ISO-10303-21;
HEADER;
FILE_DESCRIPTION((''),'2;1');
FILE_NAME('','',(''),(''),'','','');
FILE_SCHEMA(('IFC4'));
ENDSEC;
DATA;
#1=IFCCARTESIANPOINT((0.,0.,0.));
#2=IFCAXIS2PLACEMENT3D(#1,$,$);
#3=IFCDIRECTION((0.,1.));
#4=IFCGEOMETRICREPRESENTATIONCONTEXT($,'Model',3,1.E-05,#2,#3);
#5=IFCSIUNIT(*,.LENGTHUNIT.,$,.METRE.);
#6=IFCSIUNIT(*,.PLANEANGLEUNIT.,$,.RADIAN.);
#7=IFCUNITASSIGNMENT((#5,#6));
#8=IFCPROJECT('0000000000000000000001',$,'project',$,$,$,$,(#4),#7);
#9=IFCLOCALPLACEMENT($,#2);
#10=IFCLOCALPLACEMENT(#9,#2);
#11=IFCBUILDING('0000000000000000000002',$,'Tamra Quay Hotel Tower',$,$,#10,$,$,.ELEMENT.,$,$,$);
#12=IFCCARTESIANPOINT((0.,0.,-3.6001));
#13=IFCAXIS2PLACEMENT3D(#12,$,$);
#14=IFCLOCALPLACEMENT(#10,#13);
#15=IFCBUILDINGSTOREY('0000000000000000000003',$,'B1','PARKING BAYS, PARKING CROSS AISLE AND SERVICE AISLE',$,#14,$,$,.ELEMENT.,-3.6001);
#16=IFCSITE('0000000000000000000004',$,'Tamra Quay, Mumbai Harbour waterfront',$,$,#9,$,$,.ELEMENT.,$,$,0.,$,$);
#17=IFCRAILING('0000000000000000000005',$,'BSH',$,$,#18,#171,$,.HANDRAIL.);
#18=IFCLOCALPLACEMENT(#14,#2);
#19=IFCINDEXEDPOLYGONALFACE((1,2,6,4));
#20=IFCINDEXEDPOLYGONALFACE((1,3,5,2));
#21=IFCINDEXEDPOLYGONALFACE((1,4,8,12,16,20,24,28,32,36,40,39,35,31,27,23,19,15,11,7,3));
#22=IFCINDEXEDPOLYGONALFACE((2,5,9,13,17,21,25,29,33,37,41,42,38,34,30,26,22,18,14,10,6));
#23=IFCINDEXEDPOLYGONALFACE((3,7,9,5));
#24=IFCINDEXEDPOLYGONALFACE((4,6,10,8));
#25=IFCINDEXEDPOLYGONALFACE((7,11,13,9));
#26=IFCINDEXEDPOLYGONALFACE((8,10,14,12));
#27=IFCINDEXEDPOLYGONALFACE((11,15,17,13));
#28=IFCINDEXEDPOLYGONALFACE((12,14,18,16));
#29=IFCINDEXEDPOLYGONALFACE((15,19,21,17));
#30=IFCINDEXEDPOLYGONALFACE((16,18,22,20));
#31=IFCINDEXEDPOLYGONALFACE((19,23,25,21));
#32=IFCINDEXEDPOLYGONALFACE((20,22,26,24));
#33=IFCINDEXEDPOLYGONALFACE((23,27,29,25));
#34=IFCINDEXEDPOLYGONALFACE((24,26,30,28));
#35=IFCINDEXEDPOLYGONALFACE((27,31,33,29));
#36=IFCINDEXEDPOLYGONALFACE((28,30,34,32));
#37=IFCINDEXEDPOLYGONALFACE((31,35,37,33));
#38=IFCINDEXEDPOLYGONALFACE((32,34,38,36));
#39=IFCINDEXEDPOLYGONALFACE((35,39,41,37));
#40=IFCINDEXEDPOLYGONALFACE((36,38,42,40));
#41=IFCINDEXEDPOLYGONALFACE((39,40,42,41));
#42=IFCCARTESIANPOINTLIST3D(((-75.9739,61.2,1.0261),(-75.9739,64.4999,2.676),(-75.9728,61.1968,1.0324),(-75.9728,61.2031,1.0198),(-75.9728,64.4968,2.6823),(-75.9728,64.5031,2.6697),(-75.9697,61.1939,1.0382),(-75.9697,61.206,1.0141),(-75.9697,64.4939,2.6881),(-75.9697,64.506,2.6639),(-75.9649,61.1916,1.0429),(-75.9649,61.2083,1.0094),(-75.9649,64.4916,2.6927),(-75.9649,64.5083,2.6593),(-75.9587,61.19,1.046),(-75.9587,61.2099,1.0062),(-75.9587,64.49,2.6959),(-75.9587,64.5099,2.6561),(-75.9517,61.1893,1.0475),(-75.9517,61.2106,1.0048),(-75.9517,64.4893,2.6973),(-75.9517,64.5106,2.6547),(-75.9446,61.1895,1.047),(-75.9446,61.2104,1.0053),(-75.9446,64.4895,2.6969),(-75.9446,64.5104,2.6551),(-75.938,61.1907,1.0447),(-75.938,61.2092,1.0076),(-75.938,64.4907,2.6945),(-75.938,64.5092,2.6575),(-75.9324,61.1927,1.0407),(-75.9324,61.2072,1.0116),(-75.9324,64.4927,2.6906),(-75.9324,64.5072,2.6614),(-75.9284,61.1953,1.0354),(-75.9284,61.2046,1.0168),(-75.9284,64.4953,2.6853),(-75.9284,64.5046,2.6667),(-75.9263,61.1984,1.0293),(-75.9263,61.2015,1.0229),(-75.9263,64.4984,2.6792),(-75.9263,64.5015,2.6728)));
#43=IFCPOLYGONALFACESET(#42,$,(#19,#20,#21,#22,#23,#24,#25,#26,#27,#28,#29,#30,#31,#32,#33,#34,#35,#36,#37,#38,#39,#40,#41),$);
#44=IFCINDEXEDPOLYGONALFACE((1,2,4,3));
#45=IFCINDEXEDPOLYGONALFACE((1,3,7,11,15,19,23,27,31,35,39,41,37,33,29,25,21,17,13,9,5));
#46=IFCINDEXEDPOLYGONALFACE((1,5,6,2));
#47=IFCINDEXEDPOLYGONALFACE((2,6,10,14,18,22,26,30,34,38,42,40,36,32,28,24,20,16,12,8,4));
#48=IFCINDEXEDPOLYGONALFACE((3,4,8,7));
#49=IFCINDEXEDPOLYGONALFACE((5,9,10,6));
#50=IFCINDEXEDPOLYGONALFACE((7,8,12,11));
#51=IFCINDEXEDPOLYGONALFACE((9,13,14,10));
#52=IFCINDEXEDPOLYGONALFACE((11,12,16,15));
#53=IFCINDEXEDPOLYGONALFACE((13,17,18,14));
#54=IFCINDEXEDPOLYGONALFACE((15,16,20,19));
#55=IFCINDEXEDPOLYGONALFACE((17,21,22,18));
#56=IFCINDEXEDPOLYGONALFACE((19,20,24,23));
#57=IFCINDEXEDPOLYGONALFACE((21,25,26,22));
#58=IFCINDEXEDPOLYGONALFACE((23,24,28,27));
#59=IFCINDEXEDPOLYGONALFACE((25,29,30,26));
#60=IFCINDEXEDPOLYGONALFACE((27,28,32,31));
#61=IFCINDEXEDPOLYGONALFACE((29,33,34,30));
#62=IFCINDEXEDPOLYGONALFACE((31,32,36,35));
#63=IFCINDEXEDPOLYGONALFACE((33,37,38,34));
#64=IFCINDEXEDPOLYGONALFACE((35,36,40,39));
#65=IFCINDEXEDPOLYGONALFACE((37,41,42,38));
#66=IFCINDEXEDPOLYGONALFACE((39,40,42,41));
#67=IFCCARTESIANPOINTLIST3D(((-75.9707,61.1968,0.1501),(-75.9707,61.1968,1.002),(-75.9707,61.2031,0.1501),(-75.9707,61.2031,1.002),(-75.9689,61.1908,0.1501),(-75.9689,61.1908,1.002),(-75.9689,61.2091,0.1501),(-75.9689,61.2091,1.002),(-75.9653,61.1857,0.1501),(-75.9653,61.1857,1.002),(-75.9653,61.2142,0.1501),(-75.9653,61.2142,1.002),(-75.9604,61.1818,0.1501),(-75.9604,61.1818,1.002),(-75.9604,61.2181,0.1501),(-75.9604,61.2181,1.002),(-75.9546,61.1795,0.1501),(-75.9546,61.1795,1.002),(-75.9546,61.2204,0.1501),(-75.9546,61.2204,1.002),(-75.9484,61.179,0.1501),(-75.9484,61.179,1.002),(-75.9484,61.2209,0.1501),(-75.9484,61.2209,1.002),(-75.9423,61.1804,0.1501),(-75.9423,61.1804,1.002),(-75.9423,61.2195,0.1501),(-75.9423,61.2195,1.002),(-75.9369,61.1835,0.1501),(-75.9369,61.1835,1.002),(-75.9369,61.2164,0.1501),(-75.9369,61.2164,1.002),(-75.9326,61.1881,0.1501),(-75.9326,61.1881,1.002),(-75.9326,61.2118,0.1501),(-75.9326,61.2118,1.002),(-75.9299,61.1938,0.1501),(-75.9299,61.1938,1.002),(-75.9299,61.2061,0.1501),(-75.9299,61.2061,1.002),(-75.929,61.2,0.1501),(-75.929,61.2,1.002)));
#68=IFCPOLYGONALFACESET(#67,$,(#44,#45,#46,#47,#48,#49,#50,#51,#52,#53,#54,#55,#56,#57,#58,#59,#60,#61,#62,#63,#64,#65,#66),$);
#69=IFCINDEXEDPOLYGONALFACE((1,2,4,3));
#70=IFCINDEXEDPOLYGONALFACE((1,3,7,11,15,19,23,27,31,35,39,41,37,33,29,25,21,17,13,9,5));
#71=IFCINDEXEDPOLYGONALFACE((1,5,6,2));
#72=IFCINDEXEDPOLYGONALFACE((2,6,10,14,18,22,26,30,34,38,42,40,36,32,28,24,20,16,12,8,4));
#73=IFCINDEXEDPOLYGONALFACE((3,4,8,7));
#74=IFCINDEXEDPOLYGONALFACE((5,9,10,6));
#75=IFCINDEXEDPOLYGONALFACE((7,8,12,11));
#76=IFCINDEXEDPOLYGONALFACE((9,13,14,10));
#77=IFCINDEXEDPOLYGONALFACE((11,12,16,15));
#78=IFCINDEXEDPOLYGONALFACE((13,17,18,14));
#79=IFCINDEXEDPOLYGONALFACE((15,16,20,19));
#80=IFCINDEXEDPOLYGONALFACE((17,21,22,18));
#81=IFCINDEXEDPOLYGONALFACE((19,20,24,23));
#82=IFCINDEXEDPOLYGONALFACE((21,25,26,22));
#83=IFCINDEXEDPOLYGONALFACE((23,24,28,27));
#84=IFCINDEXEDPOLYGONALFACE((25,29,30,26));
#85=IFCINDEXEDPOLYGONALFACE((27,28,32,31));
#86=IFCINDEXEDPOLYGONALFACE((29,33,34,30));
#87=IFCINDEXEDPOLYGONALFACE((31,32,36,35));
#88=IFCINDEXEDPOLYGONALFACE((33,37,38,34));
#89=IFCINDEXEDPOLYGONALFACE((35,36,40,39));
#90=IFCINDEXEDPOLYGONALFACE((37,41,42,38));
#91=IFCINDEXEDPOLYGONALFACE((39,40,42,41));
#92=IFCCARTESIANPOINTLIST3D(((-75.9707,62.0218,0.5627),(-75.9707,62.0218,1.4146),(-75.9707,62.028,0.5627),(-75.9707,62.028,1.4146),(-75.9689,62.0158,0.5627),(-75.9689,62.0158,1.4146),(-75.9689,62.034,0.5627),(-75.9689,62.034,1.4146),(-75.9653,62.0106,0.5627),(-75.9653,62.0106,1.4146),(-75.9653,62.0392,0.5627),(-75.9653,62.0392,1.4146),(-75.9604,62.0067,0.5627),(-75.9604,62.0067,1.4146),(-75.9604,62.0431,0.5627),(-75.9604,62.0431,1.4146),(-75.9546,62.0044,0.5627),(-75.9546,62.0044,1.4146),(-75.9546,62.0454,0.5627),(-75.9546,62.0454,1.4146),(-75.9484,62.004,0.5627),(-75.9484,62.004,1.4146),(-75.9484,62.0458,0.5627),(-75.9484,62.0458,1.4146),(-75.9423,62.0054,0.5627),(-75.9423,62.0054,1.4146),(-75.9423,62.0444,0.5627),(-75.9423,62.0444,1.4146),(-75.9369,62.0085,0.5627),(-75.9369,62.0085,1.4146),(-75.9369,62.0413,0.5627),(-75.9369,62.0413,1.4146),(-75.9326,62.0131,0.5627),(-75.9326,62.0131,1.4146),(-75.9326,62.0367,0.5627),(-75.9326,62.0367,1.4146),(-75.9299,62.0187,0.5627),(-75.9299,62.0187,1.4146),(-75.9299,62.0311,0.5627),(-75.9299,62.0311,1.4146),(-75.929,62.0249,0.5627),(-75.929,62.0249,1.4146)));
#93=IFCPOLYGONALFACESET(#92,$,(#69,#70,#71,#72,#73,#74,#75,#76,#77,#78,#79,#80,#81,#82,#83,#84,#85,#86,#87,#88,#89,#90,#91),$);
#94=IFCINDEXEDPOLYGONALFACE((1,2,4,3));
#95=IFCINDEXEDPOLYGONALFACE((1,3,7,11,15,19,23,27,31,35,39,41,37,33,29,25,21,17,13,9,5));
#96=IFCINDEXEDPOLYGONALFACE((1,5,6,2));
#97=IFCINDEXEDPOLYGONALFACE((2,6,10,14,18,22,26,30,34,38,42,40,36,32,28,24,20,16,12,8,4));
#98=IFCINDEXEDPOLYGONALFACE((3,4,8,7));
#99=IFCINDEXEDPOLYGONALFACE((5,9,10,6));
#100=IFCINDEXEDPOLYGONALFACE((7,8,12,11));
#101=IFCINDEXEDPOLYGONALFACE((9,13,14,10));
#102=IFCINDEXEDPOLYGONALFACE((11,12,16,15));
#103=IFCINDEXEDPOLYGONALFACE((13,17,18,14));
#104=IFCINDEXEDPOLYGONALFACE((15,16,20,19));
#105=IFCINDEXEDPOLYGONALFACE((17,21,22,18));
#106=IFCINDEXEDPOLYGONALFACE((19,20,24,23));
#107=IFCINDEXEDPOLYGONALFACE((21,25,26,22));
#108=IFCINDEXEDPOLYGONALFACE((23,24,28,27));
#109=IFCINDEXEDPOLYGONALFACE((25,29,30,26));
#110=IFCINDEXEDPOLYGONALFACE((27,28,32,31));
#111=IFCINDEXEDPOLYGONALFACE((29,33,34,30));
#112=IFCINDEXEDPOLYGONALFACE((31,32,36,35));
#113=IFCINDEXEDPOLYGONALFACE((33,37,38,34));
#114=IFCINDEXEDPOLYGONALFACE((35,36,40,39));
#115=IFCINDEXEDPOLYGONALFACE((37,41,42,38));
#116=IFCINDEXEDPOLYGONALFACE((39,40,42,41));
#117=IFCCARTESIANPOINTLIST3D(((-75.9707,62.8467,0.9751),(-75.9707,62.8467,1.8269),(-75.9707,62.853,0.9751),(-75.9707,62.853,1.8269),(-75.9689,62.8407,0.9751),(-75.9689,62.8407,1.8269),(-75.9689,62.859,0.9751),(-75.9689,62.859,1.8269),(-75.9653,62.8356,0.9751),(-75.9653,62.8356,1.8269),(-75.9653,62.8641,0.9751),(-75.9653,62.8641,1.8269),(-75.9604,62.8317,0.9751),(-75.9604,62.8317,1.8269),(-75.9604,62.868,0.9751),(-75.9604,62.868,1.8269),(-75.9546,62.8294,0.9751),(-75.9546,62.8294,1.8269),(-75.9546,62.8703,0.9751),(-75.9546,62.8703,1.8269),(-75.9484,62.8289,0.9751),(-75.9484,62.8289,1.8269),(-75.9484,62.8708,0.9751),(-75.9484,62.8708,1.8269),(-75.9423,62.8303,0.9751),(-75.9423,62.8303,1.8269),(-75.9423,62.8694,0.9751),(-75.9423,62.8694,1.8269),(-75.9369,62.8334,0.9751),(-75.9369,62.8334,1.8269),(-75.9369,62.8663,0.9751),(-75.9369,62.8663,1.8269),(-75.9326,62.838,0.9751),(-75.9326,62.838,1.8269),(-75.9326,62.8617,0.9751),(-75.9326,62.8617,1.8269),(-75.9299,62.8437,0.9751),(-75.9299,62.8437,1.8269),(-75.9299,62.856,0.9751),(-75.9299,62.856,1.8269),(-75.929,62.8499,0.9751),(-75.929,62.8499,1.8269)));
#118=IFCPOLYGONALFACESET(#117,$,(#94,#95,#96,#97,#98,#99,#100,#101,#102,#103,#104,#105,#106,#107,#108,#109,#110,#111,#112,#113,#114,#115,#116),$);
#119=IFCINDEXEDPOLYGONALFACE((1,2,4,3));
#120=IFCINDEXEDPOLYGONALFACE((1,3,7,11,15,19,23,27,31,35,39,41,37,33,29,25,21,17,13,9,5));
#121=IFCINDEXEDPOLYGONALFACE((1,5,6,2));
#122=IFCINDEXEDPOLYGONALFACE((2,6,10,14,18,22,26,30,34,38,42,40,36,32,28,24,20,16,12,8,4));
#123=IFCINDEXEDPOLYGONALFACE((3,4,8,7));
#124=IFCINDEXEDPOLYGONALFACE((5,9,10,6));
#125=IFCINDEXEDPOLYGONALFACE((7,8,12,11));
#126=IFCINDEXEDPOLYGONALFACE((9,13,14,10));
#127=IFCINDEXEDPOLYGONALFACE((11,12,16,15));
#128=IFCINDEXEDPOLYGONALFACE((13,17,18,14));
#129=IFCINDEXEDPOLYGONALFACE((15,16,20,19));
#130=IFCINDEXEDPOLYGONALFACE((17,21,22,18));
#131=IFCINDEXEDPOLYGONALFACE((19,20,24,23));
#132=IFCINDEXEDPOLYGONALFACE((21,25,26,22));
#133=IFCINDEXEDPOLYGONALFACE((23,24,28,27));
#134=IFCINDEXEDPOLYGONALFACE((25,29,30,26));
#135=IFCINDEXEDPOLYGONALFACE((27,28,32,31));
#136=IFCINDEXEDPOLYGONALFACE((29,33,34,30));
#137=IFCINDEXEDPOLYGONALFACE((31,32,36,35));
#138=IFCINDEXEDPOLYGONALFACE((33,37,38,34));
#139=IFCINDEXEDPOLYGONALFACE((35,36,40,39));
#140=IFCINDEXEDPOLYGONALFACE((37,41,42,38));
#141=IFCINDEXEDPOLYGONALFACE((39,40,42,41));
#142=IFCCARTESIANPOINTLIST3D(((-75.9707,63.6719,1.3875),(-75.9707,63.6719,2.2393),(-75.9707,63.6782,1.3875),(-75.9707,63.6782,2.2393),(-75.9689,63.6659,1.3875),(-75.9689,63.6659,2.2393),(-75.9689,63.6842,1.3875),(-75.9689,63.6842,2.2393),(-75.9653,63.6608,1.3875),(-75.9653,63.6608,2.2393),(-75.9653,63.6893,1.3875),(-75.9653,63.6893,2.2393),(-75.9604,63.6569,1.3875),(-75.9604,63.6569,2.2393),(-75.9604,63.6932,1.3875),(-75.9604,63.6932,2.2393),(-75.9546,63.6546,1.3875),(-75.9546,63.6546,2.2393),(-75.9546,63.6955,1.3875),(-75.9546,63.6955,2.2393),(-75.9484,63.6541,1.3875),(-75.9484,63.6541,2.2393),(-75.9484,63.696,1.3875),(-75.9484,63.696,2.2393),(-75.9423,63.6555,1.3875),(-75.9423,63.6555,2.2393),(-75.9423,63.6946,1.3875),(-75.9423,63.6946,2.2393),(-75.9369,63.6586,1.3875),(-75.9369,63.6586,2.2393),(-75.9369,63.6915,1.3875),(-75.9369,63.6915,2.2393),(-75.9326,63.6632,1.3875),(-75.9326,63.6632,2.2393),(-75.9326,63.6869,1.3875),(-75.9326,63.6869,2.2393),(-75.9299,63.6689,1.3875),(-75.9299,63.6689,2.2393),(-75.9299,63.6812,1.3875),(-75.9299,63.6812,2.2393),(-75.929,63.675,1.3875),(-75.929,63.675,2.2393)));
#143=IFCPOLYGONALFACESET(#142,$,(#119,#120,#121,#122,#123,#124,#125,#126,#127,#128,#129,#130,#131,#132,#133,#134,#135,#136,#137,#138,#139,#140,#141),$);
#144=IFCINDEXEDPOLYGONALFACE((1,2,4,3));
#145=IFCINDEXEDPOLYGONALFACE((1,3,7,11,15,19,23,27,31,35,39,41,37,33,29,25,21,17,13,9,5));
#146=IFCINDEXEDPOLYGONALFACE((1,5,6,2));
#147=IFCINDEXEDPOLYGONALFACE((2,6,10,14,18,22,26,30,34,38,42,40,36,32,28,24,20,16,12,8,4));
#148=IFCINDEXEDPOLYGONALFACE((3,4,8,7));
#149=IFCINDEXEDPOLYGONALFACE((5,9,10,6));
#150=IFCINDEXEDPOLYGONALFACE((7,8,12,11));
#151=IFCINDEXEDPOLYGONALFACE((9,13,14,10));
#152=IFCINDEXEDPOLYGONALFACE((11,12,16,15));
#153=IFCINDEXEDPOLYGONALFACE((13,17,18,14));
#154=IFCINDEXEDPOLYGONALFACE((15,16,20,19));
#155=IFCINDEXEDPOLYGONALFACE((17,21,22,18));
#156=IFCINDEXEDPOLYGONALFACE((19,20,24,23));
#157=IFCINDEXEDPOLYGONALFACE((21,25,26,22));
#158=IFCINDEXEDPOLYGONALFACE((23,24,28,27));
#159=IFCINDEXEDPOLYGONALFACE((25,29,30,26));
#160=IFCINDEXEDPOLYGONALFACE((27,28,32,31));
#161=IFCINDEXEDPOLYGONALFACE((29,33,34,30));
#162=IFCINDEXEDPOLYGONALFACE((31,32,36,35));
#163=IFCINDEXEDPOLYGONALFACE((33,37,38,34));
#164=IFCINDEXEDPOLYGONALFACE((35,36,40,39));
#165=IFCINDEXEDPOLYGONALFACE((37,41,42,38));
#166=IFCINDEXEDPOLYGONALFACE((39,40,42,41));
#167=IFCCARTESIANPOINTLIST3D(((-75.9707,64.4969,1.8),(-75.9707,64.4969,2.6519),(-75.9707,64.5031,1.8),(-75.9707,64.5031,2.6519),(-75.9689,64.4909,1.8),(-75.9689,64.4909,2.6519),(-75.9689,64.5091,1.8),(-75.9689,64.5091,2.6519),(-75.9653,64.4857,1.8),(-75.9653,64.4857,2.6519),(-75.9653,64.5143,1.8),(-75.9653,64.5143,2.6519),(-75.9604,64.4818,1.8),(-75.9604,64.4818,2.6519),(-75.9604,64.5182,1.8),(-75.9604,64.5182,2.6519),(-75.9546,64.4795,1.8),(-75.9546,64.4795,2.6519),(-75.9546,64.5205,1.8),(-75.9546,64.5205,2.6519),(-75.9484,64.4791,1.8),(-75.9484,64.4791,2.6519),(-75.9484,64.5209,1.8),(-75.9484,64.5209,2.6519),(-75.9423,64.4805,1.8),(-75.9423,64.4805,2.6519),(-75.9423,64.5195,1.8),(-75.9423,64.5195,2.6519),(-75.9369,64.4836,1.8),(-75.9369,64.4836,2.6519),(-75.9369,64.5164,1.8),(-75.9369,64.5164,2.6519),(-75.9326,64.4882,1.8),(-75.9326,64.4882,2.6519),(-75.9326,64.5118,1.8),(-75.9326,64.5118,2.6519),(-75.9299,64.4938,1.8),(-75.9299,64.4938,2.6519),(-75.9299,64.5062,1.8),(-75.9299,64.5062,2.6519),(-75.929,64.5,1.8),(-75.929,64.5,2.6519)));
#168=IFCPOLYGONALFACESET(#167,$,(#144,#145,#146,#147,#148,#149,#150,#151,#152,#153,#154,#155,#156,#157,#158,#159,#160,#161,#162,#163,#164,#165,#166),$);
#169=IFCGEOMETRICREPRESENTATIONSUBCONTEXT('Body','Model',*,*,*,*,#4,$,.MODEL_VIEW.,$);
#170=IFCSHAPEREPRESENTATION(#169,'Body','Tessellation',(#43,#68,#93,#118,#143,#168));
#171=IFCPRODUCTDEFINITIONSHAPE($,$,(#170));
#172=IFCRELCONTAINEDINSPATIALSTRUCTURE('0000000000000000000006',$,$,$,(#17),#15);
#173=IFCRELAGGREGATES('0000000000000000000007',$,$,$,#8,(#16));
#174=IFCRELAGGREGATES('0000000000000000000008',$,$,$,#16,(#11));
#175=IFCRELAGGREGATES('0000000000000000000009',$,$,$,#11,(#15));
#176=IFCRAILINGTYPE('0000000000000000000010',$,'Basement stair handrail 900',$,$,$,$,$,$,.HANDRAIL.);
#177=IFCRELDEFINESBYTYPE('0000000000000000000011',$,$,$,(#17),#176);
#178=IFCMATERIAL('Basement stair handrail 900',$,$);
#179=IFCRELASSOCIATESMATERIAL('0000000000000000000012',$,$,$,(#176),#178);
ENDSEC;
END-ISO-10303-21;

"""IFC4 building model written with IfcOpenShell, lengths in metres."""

from ifc_helpers import new_model, si_unit, direction, frame, origin, origin_2d, place, context, subcontext, project, spatial, circle, extrude, material, type_object, element, save


model = new_model("IFC4")

# Units and contexts
model_context = context("Model", 3, precision=1e-05, world=origin(), true_north=direction((0.0, 1.0)))
body_context = subcontext(model_context, "Body", "Model", "MODEL_VIEW")
ifc_project = project(units=[si_unit("LENGTHUNIT", "METRE"), si_unit("PLANEANGLEUNIT", "RADIAN")], contexts=[model_context])

# Site, building, storey
site_placement = place(None, origin())
site = spatial("IfcSite", under=ifc_project, at=site_placement, Name="Tamra Quay, Mumbai Harbour waterfront", CompositionType="ELEMENT", RefElevation=0.0)
building_placement = place(site_placement, origin())
building = spatial("IfcBuilding", under=site, at=building_placement, Name="Tamra Quay Hotel Tower", CompositionType="ELEMENT")
storey_placement = place(building_placement, frame((0.0, 0.0, -3.6001)))
storey = spatial("IfcBuildingStorey", under=building, at=storey_placement, Name="B1", Description="PARKING BAYS, PARKING CROSS AISLE AND SERVICE AISLE", CompositionType="ELEMENT", Elevation=-3.6001)

# Railing
ifc_material_1 = material(Name="Basement stair handrail 900")
railing_type_1 = type_object("IfcRailingType", Name="Basement stair handrail 900", PredefinedType="HANDRAIL", material=ifc_material_1)
railing_1_placement = place(storey_placement, frame((-75.95, 61.2, 0.1501)))
element("IfcRailing", 1, at=railing_1_placement, inside=storey, type_object=railing_type_1, Name="BSH", PredefinedType="HANDRAIL", context=body_context, shape_type="SweptSolid", body=[
    extrude(circle(Radius=0.0239, at=origin_2d()), frame((0.0, 0.0, 0.876), z_axis=(0.0, 0.89444, 0.447187), x_axis=(-1.0, 0.0, 0.0)), (0.0, 0.0, 1.0), 3.6895),
    extrude(circle(Radius=0.021, at=origin_2d()), origin(), (0.0, 0.0, 1.0), 0.8518),
    extrude(circle(Radius=0.021, at=origin_2d()), frame((0.0, 0.825, 0.4126)), (0.0, 0.0, 1.0), 0.8518),
    extrude(circle(Radius=0.021, at=origin_2d()), frame((0.0, 1.6499, 0.825)), (0.0, 0.0, 1.0), 0.8518),
    extrude(circle(Radius=0.021, at=origin_2d()), frame((0.0, 2.4751, 1.2373)), (0.0, 0.0, 1.0), 0.8518),
    extrude(circle(Radius=0.021, at=origin_2d()), frame((0.0, 3.3, 1.6499)), (0.0, 0.0, 1.0), 0.8518),
])

save(model, "model.ifc")
